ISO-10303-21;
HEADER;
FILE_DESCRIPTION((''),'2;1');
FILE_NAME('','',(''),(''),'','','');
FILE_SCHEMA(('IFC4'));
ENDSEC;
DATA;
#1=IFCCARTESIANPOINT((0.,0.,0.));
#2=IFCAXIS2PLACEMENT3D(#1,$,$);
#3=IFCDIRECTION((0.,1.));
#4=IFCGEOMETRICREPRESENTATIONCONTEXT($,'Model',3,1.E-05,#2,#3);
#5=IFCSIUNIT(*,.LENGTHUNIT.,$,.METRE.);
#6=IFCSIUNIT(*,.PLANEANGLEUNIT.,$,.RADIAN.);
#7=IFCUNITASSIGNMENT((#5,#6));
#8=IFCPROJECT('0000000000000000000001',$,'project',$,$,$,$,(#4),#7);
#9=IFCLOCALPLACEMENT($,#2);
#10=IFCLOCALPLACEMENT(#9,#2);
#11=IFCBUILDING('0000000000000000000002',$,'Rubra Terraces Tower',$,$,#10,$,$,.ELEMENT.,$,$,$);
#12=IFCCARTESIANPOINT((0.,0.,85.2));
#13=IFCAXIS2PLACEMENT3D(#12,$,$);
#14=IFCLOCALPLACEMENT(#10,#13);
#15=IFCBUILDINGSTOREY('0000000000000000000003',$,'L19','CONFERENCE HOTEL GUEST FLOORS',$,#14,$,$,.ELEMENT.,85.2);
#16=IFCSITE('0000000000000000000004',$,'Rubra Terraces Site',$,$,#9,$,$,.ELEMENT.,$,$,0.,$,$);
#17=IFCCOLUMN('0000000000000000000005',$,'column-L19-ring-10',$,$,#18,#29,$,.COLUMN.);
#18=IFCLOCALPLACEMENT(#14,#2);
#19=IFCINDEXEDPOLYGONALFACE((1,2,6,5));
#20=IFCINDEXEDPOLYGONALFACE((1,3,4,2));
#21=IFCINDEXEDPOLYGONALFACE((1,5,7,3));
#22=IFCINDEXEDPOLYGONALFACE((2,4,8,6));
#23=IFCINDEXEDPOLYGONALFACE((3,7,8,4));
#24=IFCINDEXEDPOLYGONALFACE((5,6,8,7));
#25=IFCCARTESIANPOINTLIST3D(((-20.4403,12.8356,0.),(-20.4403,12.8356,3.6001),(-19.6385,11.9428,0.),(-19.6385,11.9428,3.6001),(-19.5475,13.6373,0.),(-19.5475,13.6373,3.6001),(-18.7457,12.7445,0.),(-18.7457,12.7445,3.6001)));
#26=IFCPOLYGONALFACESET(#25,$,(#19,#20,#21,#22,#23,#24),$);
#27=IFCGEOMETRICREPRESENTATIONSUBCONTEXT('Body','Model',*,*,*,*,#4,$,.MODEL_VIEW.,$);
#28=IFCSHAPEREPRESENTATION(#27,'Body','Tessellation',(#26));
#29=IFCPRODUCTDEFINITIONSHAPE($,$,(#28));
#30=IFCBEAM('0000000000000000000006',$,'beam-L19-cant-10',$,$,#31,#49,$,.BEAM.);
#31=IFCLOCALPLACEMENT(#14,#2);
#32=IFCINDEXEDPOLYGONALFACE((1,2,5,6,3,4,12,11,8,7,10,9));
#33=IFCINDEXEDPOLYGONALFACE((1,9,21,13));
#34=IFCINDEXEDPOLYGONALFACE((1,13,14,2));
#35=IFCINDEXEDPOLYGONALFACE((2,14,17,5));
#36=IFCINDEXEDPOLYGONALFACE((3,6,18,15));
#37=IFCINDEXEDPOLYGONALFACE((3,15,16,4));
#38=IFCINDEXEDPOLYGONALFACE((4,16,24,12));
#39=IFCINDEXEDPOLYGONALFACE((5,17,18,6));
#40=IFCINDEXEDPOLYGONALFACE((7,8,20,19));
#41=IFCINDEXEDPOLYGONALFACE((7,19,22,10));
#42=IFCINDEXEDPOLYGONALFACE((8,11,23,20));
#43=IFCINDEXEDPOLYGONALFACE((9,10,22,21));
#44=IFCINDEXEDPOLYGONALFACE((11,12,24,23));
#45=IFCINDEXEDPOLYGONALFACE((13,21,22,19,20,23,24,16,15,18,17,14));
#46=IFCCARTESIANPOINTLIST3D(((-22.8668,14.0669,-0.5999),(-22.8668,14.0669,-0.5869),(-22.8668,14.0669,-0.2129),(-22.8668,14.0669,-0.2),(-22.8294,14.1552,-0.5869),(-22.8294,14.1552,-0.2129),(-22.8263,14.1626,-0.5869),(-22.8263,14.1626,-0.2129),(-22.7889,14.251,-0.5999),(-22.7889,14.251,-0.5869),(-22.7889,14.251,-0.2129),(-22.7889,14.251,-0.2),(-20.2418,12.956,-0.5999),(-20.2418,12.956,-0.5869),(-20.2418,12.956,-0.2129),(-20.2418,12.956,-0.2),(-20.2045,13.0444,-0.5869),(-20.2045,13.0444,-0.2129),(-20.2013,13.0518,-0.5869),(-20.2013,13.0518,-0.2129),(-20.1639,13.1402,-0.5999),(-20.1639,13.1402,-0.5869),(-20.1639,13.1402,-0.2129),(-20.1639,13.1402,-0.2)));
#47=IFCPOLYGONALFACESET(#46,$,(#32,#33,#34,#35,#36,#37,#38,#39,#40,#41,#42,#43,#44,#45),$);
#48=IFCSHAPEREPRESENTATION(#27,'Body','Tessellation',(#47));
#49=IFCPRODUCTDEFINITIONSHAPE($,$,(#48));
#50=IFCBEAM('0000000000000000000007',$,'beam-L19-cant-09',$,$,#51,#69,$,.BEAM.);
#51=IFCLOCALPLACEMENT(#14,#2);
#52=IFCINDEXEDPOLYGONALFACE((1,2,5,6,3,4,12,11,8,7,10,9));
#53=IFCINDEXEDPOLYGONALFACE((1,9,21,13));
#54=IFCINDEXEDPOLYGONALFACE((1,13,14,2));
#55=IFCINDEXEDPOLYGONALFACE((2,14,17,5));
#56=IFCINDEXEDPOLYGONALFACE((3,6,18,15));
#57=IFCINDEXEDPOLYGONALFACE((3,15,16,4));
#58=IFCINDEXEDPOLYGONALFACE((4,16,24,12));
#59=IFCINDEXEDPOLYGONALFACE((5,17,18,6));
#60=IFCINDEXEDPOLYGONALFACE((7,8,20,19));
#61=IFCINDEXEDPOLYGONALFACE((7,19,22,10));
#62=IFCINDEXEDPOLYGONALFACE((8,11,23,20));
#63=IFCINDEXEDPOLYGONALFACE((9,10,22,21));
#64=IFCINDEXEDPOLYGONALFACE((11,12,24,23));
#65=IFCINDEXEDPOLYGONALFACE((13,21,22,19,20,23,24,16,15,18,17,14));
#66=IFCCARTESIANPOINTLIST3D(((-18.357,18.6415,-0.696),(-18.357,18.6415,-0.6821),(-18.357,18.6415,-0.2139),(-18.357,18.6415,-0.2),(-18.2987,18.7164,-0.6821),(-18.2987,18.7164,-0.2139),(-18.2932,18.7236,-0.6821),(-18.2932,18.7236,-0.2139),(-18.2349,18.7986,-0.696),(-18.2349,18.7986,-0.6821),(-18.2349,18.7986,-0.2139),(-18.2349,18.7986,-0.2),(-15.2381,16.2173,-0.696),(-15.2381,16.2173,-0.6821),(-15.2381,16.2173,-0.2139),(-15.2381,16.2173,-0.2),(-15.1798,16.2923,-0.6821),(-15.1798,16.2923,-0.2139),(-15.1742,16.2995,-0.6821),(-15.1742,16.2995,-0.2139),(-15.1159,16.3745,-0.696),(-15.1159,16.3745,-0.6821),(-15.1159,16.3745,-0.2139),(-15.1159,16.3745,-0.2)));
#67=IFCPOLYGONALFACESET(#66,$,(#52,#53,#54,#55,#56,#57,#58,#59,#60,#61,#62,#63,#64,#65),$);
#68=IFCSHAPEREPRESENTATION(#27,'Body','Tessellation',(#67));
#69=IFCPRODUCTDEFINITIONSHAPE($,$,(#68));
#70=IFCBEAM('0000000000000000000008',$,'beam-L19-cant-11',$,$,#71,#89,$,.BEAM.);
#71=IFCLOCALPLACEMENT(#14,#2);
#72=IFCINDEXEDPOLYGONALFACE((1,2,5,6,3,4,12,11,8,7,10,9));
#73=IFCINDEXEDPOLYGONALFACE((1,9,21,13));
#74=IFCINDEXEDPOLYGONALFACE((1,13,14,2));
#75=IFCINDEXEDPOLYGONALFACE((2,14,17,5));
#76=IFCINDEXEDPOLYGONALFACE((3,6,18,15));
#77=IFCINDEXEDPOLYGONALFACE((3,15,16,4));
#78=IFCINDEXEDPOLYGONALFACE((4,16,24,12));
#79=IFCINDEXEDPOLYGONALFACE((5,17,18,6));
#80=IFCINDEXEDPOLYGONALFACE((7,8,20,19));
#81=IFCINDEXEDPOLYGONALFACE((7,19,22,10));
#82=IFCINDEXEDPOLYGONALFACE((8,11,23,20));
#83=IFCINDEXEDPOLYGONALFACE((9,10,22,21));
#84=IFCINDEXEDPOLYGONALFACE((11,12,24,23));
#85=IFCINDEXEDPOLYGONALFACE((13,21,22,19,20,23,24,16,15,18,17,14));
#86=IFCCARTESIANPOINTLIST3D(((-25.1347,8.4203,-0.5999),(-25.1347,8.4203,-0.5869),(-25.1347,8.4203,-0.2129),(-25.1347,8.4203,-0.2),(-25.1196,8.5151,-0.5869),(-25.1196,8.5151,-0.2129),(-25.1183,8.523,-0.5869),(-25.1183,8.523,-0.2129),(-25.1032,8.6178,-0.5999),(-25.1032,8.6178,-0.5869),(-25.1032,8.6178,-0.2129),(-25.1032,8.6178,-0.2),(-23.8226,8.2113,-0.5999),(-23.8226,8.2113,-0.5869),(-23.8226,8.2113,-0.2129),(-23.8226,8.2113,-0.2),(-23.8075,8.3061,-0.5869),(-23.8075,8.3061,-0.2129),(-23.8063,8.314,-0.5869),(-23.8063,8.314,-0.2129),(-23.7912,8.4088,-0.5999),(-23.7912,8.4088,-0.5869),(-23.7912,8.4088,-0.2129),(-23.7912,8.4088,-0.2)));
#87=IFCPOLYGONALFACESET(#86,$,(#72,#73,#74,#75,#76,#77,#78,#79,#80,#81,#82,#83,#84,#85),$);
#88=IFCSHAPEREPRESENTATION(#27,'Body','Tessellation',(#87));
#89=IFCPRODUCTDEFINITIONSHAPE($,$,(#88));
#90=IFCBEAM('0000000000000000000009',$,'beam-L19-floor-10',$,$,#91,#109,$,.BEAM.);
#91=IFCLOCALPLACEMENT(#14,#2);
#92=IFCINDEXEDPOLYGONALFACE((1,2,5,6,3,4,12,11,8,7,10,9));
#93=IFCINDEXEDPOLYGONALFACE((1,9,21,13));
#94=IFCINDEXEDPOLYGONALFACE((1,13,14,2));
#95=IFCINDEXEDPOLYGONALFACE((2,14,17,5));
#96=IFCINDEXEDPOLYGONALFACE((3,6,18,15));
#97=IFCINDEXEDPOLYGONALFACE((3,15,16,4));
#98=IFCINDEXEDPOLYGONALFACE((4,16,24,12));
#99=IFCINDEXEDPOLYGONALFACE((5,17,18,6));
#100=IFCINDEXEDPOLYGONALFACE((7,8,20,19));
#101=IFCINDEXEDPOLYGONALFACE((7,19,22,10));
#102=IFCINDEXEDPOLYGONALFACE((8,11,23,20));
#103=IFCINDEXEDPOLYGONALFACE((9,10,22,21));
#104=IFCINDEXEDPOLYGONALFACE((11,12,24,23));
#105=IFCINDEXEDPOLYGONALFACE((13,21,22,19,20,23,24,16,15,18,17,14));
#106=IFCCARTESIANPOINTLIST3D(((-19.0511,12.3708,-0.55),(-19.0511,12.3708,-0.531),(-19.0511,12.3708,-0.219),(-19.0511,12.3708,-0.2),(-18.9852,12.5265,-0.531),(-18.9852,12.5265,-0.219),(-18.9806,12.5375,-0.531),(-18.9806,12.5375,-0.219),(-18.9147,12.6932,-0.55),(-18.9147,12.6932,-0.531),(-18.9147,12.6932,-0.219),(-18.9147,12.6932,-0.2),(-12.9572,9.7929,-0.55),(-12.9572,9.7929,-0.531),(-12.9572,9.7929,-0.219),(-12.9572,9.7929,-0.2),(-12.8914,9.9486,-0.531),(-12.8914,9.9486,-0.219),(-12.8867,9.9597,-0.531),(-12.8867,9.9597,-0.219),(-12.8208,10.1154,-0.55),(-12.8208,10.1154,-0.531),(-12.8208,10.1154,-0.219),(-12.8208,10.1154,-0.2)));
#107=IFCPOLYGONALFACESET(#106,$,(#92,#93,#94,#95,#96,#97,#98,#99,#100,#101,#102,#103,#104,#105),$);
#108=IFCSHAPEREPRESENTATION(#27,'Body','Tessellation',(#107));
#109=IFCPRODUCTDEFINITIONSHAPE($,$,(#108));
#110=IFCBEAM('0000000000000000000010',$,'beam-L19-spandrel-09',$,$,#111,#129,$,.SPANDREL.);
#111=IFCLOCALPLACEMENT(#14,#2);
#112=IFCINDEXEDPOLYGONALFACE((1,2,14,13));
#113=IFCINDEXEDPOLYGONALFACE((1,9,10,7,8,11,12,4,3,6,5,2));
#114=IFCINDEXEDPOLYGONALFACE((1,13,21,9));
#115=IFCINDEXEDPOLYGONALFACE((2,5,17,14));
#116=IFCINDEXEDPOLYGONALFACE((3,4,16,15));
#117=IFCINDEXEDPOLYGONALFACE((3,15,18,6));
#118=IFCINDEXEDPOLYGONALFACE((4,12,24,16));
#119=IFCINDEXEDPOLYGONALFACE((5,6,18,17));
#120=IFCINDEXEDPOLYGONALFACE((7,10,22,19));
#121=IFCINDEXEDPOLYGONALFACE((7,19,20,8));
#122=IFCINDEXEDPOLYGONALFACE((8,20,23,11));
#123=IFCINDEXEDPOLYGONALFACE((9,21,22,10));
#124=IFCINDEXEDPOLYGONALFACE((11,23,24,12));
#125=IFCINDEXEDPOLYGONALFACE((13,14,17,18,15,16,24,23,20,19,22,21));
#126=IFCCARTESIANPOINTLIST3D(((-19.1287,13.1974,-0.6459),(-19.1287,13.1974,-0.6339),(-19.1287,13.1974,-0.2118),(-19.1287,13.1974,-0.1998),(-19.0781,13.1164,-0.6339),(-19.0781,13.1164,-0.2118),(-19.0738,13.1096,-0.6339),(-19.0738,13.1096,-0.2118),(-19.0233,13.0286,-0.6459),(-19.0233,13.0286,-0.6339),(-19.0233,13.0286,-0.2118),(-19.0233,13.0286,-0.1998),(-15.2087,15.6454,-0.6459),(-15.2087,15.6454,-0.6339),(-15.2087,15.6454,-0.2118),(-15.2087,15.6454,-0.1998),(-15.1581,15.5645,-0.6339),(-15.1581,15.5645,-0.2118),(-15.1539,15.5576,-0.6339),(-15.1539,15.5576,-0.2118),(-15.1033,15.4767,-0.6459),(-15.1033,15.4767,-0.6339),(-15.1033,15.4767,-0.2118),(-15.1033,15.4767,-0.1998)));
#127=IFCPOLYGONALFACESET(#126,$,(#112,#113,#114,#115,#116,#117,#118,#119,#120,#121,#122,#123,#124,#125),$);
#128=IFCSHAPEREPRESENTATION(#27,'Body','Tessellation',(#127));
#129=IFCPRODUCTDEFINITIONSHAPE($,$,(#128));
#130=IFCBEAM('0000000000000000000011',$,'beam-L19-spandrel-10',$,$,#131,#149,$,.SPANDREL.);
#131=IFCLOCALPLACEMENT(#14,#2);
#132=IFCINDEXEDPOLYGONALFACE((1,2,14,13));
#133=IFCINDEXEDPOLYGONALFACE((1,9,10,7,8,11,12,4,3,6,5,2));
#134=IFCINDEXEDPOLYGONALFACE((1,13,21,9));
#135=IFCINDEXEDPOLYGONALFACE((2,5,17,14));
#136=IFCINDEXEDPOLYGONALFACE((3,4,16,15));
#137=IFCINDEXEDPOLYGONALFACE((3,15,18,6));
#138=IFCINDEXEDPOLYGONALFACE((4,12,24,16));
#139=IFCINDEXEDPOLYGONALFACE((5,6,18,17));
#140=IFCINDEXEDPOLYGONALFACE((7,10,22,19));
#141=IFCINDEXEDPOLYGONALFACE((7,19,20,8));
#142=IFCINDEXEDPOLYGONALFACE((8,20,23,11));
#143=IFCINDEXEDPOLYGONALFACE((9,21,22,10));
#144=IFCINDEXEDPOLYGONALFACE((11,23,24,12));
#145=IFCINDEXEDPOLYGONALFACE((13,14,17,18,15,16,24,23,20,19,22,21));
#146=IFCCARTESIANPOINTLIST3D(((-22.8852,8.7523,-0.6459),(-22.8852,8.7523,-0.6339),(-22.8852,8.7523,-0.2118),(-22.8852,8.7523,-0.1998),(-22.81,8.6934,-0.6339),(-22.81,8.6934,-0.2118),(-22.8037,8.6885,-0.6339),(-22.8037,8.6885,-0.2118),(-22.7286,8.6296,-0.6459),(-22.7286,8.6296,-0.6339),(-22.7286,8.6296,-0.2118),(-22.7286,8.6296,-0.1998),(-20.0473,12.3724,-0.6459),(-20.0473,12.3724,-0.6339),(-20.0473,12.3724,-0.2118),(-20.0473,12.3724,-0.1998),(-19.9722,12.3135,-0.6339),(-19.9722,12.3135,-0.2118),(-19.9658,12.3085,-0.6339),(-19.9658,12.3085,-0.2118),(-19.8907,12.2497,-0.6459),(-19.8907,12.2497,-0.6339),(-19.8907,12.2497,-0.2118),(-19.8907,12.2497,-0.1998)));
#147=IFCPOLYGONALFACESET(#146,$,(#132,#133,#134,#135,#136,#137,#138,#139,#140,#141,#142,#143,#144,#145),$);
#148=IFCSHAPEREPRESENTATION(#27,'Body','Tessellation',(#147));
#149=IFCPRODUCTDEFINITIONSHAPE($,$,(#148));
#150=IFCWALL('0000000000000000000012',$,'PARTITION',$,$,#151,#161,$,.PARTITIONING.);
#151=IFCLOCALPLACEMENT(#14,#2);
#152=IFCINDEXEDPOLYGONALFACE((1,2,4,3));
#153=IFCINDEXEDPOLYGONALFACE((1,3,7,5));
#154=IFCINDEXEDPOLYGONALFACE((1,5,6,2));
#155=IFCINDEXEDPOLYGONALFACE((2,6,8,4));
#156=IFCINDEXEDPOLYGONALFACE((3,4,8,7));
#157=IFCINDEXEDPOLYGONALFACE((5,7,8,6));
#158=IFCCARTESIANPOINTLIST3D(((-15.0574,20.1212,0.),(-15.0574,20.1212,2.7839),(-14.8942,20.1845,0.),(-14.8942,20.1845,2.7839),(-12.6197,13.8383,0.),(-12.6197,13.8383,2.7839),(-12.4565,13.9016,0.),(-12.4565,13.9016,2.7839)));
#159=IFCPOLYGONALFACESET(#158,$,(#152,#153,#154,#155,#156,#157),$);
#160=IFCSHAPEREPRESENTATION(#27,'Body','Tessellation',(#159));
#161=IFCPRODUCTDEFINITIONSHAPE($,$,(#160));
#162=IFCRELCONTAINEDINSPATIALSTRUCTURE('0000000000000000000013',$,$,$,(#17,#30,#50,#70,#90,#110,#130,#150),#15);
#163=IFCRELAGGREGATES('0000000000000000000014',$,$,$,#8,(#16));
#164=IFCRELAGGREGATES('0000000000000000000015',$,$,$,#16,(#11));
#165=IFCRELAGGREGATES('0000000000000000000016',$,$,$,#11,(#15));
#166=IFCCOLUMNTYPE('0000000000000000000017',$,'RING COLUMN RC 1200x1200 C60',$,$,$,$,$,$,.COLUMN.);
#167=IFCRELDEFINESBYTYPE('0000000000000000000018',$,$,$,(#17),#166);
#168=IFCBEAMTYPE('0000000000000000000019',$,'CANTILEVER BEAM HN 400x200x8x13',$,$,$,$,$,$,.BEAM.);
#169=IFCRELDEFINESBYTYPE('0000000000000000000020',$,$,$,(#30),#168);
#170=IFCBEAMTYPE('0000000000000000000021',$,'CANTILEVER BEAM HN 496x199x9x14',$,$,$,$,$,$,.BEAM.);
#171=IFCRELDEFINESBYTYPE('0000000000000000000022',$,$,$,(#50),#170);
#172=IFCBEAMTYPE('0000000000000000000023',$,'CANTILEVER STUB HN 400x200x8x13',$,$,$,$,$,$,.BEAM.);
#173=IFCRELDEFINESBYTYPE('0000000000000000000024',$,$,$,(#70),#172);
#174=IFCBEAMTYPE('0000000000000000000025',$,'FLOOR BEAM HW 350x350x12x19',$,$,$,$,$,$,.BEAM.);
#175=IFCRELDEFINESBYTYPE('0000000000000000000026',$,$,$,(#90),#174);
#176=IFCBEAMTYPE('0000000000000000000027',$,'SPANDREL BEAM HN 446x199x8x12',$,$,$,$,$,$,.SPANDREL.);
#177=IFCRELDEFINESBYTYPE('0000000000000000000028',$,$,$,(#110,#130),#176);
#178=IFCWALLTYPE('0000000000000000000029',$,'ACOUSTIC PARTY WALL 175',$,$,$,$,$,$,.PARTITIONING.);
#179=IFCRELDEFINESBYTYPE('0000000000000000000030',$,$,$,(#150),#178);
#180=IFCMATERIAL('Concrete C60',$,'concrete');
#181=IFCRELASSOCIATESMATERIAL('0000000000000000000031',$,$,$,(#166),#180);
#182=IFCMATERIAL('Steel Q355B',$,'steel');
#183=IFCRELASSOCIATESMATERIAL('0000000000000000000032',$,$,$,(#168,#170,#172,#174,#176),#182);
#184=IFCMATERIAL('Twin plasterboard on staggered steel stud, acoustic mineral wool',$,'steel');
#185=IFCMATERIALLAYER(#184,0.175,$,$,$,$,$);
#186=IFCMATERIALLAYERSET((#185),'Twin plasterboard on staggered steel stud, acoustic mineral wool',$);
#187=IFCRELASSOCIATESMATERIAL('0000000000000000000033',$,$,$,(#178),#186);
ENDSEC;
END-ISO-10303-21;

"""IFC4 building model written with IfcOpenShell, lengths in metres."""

from ifc_helpers import new_model, si_unit, direction, frame, frame_2d, origin, origin_2d, place, context, subcontext, project, spatial, rectangle, i_section, extrude, material, layer, layer_set, material_profile, profile_set, type_object, element, save


model = new_model("IFC4")

# Units and contexts
model_context = context("Model", 3, precision=1e-05, world=origin(), true_north=direction((0.0, 1.0)))
body_context = subcontext(model_context, "Body", "Model", "MODEL_VIEW")
ifc_project = project(units=[si_unit("LENGTHUNIT", "METRE"), si_unit("PLANEANGLEUNIT", "RADIAN")], contexts=[model_context])

# Site, building, storey
site_placement = place(None, origin())
site = spatial("IfcSite", under=ifc_project, at=site_placement, Name="Rubra Terraces Site", CompositionType="ELEMENT", RefElevation=0.0)
building_placement = place(site_placement, origin())
building = spatial("IfcBuilding", under=site, at=building_placement, Name="Rubra Terraces Tower", CompositionType="ELEMENT")
storey_placement = place(building_placement, frame((0.0, 0.0, 85.2)))
storey = spatial("IfcBuildingStorey", under=building, at=storey_placement, Name="L19", Description="CONFERENCE HOTEL GUEST FLOORS", CompositionType="ELEMENT", Elevation=85.2)

# Column
ifc_material_1 = material(Name="Concrete C60", Category="concrete")
ifc_material_profile_1 = material_profile(ifc_material_1, rectangle(XDim=1.2, YDim=1.2, at=origin_2d()), Name="RC 1200x1200")
ifc_profile_set_1 = profile_set([ifc_material_profile_1], Name="Concrete C60")
column_type = type_object("IfcColumnType", Name="RING COLUMN RC 1200x1200 C60", PredefinedType="COLUMN", material=ifc_profile_set_1)
column_placement = place(storey_placement, frame((-19.593, 12.79, 0.0), z_axis=(0.0, 0.0, 1.0), x_axis=(-0.744021, -0.668156, 0.0)))
element("IfcColumn", 1, at=column_placement, inside=storey, type_object=column_type, Name="column-L19-ring-10", PredefinedType="COLUMN", context=body_context, shape_type="SweptSolid", body=[
    extrude(rectangle(XDim=1.2, YDim=1.2, at=origin_2d()), origin(), (0.0, 0.0, 1.0), 3.6001),
])

# Beams
ifc_material_2 = material(Name="Steel Q355B", Category="steel")
ifc_material_profile_2 = material_profile(ifc_material_2, i_section(OverallWidth=0.2, OverallDepth=0.3999, WebThickness=0.0081, FlangeThickness=0.0129, at=origin_2d()), Name="HN 400x200x8x13")
ifc_profile_set_2 = profile_set([ifc_material_profile_2], Name="Steel Q355B")
beam_type_1 = type_object("IfcBeamType", Name="CANTILEVER BEAM HN 400x200x8x13", PredefinedType="BEAM", material=ifc_profile_set_2)
beam_1_placement = place(storey_placement, frame((-20.2029, 13.0481, -0.3999), z_axis=(-0.920934, 0.389718, 0.0), x_axis=(-0.389718, -0.920934, 0.0)))
element("IfcBeam", 2, at=beam_1_placement, inside=storey, type_object=beam_type_1, Name="beam-L19-cant-10", PredefinedType="BEAM", context=body_context, shape_type="SweptSolid", body=[
    extrude(i_section(OverallWidth=0.2, OverallDepth=0.3999, WebThickness=0.0081, FlangeThickness=0.0129, at=origin_2d()), origin(), (0.0, 0.0, 1.0), 2.8503),
])
ifc_material_profile_3 = material_profile(ifc_material_2, i_section(OverallWidth=0.199, OverallDepth=0.4961, WebThickness=0.009, FlangeThickness=0.0139, at=origin_2d()), Name="HN 496x199x9x14")
ifc_profile_set_3 = profile_set([ifc_material_profile_3], Name="Steel Q355B")
beam_type_2 = type_object("IfcBeamType", Name="CANTILEVER BEAM HN 496x199x9x14", PredefinedType="BEAM", material=ifc_profile_set_3)
beam_2_placement = place(storey_placement, frame((-15.177, 16.2959, -0.448), z_axis=(-0.789565, 0.613667, 0.0), x_axis=(-0.613667, -0.789565, 0.0)))
element("IfcBeam", 3, at=beam_2_placement, inside=storey, type_object=beam_type_2, Name="beam-L19-cant-09", PredefinedType="BEAM", context=body_context, shape_type="SweptSolid", body=[
    extrude(i_section(OverallWidth=0.199, OverallDepth=0.4961, WebThickness=0.009, FlangeThickness=0.0139, at=origin_2d()), origin(), (0.0, 0.0, 1.0), 3.9502),
])
ifc_material_profile_4 = material_profile(ifc_material_2, i_section(OverallWidth=0.2, OverallDepth=0.3999, WebThickness=0.0081, FlangeThickness=0.0129, at=origin_2d()), Name="HN 400x200x8x13")
ifc_profile_set_4 = profile_set([ifc_material_profile_4], Name="Steel Q355B")
beam_type_3 = type_object("IfcBeamType", Name="CANTILEVER STUB HN 400x200x8x13", PredefinedType="BEAM", material=ifc_profile_set_4)
beam_3_placement = place(storey_placement, frame((-23.8069, 8.3101, -0.3999), z_axis=(-0.98755, 0.157302, 0.0), x_axis=(-0.157302, -0.98755, 0.0)))
element("IfcBeam", 4, at=beam_3_placement, inside=storey, type_object=beam_type_3, Name="beam-L19-cant-11", PredefinedType="BEAM", context=body_context, shape_type="SweptSolid", body=[
    extrude(i_section(OverallWidth=0.2, OverallDepth=0.3999, WebThickness=0.0081, FlangeThickness=0.0129, at=origin_2d()), origin(), (0.0, 0.0, 1.0), 1.3286),
])
ifc_material_profile_5 = material_profile(ifc_material_2, i_section(OverallWidth=0.3501, OverallDepth=0.3501, WebThickness=0.012, FlangeThickness=0.019, at=origin_2d()), Name="HW 350x350x12x19")
ifc_profile_set_5 = profile_set([ifc_material_profile_5], Name="Steel Q355B")
beam_type_4 = type_object("IfcBeamType", Name="FLOOR BEAM HW 350x350x12x19", PredefinedType="BEAM", material=ifc_profile_set_5)
beam_4_placement = place(storey_placement, frame((-18.9829, 12.532, -0.375), z_axis=(0.920986, -0.389595, 0.0), x_axis=(0.389595, 0.920986, 0.0)))
element("IfcBeam", 5, at=beam_4_placement, inside=storey, type_object=beam_type_4, Name="beam-L19-floor-10", PredefinedType="BEAM", context=body_context, shape_type="SweptSolid", body=[
    extrude(i_section(OverallWidth=0.3501, OverallDepth=0.3501, WebThickness=0.012, FlangeThickness=0.019, at=origin_2d()), origin(), (0.0, 0.0, 1.0), 6.6167),
])
ifc_material_profile_6 = material_profile(ifc_material_2, i_section(OverallWidth=0.199, OverallDepth=0.446, WebThickness=0.0081, FlangeThickness=0.012, at=origin_2d()), Name="HN 446x199x8x12")
ifc_profile_set_6 = profile_set([ifc_material_profile_6], Name="Steel Q355B")
beam_type_5 = type_object("IfcBeamType", Name="SPANDREL BEAM HN 446x199x8x12", PredefinedType="SPANDREL", material=ifc_profile_set_6)
beam_5_placement = place(storey_placement, frame((-15.156, 15.561, -0.4229), z_axis=(-0.848188, -0.529695, 0.0), x_axis=(0.529695, -0.848188, 0.0)))
element("IfcBeam", 6, at=beam_5_placement, inside=storey, type_object=beam_type_5, Name="beam-L19-spandrel-09", PredefinedType="SPANDREL", context=body_context, shape_type="SweptSolid", body=[
    extrude(i_section(OverallWidth=0.199, OverallDepth=0.446, WebThickness=0.0081, FlangeThickness=0.012, at=origin_2d()), origin(), (0.0, 0.0, 1.0), 4.6216),
])
beam_6_placement = place(storey_placement, frame((-19.969, 12.311, -0.4229), z_axis=(-0.616949, -0.787003, 0.0), x_axis=(0.787003, -0.616949, 0.0)))
element("IfcBeam", 7, at=beam_6_placement, inside=storey, type_object=beam_type_5, Name="beam-L19-spandrel-10", PredefinedType="SPANDREL", context=body_context, shape_type="SweptSolid", body=[
    extrude(i_section(OverallWidth=0.199, OverallDepth=0.446, WebThickness=0.0081, FlangeThickness=0.012, at=origin_2d()), origin(), (0.0, 0.0, 1.0), 4.5999),
])

# Wall
ifc_material_3 = material(Name="Twin plasterboard on staggered steel stud, acoustic mineral wool", Category="steel")
ifc_layer_1 = layer(ifc_material_3, 0.175)
ifc_layer_set_1 = layer_set([ifc_layer_1], Name="Twin plasterboard on staggered steel stud, acoustic mineral wool")
wall_type_1 = type_object("IfcWallType", Name="ACOUSTIC PARTY WALL 175", PredefinedType="PARTITIONING", material=ifc_layer_set_1)
wall_1_placement = place(storey_placement, frame((-14.9758, 20.1528, 0.0), z_axis=(0.0, 0.0, 1.0), x_axis=(0.361721, -0.932287, 0.0)))
element("IfcWall", 8, at=wall_1_placement, inside=storey, type_object=wall_type_1, Name="PARTITION", PredefinedType="PARTITIONING", context=body_context, shape_type="SweptSolid", body=[
    extrude(rectangle(XDim=6.7393, YDim=0.175, at=frame_2d((3.3696, 0.0))), origin(), (0.0, 0.0, 1.0), 2.7839),
])

save(model, "model.ifc")
